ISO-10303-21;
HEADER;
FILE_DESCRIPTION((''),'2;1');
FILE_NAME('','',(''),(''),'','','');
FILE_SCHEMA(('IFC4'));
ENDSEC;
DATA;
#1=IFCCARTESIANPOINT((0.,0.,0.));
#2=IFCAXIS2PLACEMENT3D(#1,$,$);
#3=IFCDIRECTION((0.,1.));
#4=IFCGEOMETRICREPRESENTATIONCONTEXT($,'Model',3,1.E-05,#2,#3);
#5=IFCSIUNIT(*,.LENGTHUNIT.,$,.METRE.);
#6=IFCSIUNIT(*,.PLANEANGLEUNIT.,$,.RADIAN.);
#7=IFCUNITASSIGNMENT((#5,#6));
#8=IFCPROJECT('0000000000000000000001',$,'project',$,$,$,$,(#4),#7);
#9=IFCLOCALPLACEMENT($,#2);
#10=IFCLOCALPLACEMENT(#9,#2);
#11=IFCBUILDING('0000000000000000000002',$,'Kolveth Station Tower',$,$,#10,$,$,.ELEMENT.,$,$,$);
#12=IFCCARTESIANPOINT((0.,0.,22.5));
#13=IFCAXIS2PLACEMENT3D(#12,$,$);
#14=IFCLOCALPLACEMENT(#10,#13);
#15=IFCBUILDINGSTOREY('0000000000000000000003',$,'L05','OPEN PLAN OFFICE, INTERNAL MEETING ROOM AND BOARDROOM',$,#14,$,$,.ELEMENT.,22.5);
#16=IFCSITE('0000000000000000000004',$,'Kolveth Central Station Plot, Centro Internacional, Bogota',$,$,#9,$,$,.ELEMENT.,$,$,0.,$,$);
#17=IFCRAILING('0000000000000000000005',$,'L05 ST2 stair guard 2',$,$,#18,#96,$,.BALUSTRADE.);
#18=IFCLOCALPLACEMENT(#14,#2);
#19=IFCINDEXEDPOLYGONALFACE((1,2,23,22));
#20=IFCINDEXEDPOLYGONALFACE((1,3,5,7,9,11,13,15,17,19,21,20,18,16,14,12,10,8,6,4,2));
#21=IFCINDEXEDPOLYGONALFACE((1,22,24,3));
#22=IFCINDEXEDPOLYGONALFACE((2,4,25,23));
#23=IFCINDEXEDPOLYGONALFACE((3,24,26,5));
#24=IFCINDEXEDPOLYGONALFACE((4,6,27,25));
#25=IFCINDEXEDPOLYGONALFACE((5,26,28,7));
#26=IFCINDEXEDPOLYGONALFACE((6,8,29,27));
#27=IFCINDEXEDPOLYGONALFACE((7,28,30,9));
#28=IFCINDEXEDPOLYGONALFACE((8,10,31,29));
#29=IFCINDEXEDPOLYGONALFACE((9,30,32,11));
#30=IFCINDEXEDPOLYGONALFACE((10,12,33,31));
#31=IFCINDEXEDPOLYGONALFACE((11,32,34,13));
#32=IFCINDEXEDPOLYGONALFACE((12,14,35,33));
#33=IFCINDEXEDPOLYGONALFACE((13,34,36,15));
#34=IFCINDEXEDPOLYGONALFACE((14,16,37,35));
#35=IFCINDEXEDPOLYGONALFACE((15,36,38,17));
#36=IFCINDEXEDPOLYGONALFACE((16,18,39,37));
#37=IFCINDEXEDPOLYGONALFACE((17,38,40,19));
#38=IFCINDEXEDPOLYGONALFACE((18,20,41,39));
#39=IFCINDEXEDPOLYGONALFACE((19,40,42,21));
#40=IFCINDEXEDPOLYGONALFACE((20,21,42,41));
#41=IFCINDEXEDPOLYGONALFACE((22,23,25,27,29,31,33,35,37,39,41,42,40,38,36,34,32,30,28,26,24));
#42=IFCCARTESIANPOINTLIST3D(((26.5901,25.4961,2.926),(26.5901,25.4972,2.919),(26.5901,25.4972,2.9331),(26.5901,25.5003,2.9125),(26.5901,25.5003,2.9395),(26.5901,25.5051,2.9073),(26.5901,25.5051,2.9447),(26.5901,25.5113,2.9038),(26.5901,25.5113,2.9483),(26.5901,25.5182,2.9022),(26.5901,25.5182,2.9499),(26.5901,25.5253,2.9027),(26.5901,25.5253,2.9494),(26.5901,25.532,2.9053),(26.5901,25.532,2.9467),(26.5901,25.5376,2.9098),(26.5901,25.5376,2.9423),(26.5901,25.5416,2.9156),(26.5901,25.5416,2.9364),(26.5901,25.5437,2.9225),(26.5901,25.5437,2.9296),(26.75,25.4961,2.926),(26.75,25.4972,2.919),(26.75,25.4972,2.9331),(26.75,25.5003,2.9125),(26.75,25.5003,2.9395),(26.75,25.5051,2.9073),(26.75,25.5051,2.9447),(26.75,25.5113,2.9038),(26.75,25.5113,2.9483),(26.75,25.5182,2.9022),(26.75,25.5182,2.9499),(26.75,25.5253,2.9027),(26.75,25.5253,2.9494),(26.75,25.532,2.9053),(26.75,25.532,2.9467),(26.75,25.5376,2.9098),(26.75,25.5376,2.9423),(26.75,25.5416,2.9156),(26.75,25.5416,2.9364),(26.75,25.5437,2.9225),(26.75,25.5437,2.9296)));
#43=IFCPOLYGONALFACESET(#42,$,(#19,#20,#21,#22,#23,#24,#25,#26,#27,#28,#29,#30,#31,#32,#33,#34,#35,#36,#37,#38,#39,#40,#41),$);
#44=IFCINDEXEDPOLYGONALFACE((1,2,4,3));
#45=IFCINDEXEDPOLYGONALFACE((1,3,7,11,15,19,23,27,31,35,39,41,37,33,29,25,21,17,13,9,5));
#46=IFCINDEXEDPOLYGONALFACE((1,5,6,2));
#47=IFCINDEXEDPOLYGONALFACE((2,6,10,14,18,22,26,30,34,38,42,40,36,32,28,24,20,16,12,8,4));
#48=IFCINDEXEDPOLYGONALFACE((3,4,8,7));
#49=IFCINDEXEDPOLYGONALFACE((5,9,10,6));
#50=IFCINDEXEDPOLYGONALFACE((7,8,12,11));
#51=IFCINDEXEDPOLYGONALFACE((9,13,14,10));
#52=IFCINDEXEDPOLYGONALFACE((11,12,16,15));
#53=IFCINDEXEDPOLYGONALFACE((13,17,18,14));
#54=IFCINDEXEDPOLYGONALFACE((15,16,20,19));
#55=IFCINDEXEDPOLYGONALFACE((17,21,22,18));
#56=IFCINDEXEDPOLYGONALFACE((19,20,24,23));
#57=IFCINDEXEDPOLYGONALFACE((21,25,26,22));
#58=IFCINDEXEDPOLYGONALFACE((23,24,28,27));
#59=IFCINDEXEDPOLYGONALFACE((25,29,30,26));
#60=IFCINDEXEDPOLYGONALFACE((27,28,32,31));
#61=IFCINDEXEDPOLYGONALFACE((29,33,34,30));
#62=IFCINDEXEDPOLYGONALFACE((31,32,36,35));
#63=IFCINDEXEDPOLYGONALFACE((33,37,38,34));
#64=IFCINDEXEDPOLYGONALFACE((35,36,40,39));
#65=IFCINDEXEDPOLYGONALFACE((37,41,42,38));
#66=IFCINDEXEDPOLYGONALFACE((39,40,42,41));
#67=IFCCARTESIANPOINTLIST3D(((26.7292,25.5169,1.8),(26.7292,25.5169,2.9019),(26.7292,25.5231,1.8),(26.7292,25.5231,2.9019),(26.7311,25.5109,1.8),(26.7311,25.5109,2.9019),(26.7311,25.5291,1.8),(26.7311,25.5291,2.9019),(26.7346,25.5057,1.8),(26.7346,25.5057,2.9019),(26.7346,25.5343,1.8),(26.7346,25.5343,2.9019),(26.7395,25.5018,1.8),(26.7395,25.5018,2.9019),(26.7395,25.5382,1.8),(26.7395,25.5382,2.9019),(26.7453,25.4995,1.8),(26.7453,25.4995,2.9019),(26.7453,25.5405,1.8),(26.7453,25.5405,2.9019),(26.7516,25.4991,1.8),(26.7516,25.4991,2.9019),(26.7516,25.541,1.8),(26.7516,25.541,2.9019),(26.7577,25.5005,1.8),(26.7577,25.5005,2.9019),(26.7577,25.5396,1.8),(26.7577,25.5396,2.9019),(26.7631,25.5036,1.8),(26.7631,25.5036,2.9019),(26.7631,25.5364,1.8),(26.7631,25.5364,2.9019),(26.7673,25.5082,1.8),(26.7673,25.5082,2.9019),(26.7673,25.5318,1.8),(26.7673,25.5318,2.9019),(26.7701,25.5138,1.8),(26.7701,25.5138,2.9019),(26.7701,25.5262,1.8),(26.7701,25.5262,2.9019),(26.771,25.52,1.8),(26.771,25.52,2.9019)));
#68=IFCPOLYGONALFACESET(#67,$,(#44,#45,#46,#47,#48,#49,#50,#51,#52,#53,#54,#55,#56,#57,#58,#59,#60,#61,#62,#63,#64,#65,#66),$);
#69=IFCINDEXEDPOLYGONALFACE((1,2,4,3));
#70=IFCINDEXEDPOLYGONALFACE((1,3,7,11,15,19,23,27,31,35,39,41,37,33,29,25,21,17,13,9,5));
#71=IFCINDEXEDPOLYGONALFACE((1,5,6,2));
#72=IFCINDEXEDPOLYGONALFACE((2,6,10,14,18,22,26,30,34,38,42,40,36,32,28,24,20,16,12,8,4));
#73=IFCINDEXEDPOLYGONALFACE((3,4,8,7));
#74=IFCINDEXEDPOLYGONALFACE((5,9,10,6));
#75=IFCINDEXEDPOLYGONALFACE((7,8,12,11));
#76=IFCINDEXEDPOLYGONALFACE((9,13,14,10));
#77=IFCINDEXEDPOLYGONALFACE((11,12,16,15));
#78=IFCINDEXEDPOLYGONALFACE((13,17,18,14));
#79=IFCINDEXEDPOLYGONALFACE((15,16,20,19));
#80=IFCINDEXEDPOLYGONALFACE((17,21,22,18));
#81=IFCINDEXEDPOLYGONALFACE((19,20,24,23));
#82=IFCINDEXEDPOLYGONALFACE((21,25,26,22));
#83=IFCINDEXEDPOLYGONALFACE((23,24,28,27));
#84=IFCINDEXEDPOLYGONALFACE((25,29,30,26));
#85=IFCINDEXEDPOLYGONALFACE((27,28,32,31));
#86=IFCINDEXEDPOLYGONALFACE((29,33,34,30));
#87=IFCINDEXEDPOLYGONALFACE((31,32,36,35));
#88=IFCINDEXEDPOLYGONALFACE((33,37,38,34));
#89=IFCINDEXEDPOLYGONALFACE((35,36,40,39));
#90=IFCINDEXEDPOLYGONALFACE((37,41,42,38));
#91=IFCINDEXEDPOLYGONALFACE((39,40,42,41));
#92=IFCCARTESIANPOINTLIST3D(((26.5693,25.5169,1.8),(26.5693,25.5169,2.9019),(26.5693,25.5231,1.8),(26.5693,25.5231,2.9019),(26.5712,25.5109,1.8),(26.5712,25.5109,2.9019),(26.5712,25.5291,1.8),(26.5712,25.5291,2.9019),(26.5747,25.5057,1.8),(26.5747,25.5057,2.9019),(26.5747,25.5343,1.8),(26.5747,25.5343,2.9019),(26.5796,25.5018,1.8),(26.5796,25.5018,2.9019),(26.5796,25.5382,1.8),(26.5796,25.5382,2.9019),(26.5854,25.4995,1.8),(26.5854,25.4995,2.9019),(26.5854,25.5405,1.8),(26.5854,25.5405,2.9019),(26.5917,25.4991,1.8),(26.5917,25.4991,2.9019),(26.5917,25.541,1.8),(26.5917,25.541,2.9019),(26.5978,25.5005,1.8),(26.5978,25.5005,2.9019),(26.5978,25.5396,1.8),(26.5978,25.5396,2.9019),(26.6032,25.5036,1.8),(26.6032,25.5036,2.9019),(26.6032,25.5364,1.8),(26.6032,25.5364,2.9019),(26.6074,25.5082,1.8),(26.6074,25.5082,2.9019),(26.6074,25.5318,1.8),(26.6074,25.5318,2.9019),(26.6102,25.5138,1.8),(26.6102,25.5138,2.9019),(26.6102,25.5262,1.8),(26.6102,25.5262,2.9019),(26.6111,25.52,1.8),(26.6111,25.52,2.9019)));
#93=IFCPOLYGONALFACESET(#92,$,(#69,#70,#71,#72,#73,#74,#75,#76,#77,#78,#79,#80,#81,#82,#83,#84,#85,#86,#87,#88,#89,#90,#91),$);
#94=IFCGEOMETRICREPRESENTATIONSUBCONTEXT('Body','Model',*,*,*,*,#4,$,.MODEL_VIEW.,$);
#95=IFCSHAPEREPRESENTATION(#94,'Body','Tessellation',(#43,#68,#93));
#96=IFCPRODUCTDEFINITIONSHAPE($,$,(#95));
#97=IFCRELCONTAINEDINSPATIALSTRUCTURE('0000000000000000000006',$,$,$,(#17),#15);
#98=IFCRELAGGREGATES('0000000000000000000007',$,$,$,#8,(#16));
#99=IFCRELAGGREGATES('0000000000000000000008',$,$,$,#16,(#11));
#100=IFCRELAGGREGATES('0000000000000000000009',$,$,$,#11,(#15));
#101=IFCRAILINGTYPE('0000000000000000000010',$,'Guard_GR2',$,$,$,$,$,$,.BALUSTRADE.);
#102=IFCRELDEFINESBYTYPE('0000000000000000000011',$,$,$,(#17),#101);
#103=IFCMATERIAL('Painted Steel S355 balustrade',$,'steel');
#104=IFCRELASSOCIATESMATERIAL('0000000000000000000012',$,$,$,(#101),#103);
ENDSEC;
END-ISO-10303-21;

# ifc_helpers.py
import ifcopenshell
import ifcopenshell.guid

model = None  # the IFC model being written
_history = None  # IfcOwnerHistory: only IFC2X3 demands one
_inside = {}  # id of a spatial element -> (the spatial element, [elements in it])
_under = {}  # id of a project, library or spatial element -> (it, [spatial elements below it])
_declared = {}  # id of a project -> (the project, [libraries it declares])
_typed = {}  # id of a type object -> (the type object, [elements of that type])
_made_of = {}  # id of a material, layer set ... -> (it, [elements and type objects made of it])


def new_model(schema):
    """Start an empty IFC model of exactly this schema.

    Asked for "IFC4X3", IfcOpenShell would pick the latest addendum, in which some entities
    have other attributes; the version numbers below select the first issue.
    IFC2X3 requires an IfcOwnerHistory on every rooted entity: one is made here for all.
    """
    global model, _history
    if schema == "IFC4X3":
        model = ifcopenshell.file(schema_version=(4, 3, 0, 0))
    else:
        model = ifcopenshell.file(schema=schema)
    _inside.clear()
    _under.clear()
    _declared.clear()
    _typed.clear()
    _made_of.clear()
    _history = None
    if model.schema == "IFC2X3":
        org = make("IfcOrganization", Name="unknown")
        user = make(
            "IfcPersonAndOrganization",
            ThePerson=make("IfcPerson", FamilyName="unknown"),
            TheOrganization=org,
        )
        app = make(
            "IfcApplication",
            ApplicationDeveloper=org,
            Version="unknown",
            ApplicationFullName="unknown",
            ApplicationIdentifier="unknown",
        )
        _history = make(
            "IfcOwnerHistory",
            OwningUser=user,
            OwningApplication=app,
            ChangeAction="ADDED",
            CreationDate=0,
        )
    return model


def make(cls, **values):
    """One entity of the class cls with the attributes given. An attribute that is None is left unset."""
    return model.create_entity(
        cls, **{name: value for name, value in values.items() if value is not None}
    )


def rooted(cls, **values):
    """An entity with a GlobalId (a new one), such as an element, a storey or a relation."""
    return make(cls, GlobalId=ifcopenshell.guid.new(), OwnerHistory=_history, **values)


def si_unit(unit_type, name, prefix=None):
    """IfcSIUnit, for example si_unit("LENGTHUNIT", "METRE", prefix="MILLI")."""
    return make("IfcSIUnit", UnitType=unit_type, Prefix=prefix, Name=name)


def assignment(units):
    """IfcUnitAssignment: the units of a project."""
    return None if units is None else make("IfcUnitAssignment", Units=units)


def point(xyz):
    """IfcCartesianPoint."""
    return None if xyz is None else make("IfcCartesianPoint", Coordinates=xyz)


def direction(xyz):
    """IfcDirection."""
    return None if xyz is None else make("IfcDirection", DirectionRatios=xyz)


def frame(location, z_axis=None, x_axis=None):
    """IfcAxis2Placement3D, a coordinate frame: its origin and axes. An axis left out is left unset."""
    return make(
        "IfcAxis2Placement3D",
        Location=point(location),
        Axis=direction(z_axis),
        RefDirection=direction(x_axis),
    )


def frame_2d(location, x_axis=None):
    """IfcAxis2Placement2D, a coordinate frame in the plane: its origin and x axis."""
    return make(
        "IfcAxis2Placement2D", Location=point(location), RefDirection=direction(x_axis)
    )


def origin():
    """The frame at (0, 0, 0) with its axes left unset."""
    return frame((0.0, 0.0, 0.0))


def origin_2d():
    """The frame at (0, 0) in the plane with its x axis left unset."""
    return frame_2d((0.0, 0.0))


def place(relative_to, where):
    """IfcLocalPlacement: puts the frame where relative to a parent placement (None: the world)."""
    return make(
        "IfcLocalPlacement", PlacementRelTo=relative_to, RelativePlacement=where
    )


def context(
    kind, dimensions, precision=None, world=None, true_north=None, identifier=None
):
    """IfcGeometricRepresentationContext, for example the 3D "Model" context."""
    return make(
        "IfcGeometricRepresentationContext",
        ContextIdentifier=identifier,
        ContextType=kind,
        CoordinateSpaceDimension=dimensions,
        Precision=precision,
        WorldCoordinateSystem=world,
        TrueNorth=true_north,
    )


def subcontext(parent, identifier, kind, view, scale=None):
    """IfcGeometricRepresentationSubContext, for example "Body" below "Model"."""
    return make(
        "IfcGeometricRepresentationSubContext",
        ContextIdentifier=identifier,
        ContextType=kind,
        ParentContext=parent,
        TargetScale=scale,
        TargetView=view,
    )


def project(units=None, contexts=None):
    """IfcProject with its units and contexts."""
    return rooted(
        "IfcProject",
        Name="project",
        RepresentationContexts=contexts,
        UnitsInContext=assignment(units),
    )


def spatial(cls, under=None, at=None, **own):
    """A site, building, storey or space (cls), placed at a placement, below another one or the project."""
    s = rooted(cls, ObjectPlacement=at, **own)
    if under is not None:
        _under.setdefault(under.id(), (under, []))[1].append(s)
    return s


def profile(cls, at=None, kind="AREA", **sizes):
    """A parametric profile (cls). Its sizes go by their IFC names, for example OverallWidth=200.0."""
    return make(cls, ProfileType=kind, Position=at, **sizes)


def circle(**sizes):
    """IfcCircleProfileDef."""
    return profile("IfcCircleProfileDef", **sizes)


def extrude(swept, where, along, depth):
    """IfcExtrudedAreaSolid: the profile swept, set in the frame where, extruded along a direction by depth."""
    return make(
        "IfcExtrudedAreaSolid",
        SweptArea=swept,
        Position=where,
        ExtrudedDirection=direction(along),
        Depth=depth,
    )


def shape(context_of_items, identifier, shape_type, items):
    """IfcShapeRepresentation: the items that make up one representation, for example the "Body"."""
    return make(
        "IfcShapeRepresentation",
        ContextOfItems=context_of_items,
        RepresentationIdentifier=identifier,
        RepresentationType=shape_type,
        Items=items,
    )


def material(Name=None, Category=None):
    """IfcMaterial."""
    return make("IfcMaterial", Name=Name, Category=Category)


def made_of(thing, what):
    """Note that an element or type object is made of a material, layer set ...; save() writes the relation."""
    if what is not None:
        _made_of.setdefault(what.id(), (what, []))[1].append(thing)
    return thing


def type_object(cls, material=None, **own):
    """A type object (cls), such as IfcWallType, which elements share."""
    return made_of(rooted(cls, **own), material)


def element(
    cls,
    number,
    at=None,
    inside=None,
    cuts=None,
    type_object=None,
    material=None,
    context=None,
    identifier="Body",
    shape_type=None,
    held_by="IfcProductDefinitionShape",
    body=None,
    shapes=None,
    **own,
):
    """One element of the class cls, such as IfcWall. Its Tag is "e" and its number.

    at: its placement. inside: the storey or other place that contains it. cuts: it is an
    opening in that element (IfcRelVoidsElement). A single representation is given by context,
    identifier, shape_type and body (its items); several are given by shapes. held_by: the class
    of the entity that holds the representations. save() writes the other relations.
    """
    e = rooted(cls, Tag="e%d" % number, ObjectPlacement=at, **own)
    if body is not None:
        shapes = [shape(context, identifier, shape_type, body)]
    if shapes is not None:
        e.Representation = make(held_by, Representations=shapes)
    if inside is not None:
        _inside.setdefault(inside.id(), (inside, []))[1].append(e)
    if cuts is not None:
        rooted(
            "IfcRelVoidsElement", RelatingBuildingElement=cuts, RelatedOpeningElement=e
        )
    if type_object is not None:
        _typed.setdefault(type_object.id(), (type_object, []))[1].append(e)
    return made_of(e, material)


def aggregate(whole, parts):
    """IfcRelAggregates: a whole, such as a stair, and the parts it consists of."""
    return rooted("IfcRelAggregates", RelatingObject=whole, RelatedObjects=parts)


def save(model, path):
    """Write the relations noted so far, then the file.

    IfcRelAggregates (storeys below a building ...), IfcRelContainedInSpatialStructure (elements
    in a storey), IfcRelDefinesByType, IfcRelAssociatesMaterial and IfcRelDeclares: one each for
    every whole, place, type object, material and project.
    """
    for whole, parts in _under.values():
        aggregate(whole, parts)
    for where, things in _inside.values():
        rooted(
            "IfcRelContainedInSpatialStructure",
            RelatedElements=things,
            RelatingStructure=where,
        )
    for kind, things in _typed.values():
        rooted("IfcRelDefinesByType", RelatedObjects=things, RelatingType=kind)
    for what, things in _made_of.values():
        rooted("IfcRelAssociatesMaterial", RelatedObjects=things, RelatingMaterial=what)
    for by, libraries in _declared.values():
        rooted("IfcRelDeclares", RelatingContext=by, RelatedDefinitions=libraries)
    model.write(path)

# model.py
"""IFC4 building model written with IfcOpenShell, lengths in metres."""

from ifc_helpers import new_model, si_unit, direction, frame, origin, origin_2d, place, context, subcontext, project, spatial, circle, extrude, material, type_object, element, save


model = new_model("IFC4")

# Units and contexts
model_context = context("Model", 3, precision=1e-05, world=origin(), true_north=direction((0.0, 1.0)))
body_context = subcontext(model_context, "Body", "Model", "MODEL_VIEW")
ifc_project = project(units=[si_unit("LENGTHUNIT", "METRE"), si_unit("PLANEANGLEUNIT", "RADIAN")], contexts=[model_context])

# Site, building, storey
site_placement = place(None, origin())
site = spatial("IfcSite", under=ifc_project, at=site_placement, Name="Kolveth Central Station Plot, Centro Internacional, Bogota", CompositionType="ELEMENT", RefElevation=0.0)
building_placement = place(site_placement, origin())
building = spatial("IfcBuilding", under=site, at=building_placement, Name="Kolveth Station Tower", CompositionType="ELEMENT")
storey_placement = place(building_placement, frame((0.0, 0.0, 22.5)))
storey = spatial("IfcBuildingStorey", under=building, at=storey_placement, Name="L05", Description="OPEN PLAN OFFICE, INTERNAL MEETING ROOM AND BOARDROOM", CompositionType="ELEMENT", Elevation=22.5)

# Railing
ifc_material_1 = material(Name="Painted Steel S355 balustrade", Category="steel")
railing_type_1 = type_object("IfcRailingType", Name="Guard_GR2", PredefinedType="BALUSTRADE", material=ifc_material_1)
railing_1_placement = place(storey_placement, frame((26.75, 25.52, 1.8)))
element("IfcRailing", 1, at=railing_1_placement, inside=storey, type_object=railing_type_1, Name="L05 ST2 stair guard 2", PredefinedType="BALUSTRADE", context=body_context, shape_type="SweptSolid", body=[
    extrude(circle(Radius=0.0239, at=origin_2d()), frame((0.0, 0.0, 1.126), z_axis=(-1.0, 0.0, 0.0), x_axis=(0.0, -1.0, 0.0)), (0.0, 0.0, 1.0), 0.1599),
    extrude(circle(Radius=0.021, at=origin_2d()), origin(), (0.0, 0.0, 1.0), 1.1018),
    extrude(circle(Radius=0.021, at=origin_2d()), frame((-0.1599, 0.0, 0.0)), (0.0, 0.0, 1.0), 1.1018),
])

save(model, "model.ifc")
